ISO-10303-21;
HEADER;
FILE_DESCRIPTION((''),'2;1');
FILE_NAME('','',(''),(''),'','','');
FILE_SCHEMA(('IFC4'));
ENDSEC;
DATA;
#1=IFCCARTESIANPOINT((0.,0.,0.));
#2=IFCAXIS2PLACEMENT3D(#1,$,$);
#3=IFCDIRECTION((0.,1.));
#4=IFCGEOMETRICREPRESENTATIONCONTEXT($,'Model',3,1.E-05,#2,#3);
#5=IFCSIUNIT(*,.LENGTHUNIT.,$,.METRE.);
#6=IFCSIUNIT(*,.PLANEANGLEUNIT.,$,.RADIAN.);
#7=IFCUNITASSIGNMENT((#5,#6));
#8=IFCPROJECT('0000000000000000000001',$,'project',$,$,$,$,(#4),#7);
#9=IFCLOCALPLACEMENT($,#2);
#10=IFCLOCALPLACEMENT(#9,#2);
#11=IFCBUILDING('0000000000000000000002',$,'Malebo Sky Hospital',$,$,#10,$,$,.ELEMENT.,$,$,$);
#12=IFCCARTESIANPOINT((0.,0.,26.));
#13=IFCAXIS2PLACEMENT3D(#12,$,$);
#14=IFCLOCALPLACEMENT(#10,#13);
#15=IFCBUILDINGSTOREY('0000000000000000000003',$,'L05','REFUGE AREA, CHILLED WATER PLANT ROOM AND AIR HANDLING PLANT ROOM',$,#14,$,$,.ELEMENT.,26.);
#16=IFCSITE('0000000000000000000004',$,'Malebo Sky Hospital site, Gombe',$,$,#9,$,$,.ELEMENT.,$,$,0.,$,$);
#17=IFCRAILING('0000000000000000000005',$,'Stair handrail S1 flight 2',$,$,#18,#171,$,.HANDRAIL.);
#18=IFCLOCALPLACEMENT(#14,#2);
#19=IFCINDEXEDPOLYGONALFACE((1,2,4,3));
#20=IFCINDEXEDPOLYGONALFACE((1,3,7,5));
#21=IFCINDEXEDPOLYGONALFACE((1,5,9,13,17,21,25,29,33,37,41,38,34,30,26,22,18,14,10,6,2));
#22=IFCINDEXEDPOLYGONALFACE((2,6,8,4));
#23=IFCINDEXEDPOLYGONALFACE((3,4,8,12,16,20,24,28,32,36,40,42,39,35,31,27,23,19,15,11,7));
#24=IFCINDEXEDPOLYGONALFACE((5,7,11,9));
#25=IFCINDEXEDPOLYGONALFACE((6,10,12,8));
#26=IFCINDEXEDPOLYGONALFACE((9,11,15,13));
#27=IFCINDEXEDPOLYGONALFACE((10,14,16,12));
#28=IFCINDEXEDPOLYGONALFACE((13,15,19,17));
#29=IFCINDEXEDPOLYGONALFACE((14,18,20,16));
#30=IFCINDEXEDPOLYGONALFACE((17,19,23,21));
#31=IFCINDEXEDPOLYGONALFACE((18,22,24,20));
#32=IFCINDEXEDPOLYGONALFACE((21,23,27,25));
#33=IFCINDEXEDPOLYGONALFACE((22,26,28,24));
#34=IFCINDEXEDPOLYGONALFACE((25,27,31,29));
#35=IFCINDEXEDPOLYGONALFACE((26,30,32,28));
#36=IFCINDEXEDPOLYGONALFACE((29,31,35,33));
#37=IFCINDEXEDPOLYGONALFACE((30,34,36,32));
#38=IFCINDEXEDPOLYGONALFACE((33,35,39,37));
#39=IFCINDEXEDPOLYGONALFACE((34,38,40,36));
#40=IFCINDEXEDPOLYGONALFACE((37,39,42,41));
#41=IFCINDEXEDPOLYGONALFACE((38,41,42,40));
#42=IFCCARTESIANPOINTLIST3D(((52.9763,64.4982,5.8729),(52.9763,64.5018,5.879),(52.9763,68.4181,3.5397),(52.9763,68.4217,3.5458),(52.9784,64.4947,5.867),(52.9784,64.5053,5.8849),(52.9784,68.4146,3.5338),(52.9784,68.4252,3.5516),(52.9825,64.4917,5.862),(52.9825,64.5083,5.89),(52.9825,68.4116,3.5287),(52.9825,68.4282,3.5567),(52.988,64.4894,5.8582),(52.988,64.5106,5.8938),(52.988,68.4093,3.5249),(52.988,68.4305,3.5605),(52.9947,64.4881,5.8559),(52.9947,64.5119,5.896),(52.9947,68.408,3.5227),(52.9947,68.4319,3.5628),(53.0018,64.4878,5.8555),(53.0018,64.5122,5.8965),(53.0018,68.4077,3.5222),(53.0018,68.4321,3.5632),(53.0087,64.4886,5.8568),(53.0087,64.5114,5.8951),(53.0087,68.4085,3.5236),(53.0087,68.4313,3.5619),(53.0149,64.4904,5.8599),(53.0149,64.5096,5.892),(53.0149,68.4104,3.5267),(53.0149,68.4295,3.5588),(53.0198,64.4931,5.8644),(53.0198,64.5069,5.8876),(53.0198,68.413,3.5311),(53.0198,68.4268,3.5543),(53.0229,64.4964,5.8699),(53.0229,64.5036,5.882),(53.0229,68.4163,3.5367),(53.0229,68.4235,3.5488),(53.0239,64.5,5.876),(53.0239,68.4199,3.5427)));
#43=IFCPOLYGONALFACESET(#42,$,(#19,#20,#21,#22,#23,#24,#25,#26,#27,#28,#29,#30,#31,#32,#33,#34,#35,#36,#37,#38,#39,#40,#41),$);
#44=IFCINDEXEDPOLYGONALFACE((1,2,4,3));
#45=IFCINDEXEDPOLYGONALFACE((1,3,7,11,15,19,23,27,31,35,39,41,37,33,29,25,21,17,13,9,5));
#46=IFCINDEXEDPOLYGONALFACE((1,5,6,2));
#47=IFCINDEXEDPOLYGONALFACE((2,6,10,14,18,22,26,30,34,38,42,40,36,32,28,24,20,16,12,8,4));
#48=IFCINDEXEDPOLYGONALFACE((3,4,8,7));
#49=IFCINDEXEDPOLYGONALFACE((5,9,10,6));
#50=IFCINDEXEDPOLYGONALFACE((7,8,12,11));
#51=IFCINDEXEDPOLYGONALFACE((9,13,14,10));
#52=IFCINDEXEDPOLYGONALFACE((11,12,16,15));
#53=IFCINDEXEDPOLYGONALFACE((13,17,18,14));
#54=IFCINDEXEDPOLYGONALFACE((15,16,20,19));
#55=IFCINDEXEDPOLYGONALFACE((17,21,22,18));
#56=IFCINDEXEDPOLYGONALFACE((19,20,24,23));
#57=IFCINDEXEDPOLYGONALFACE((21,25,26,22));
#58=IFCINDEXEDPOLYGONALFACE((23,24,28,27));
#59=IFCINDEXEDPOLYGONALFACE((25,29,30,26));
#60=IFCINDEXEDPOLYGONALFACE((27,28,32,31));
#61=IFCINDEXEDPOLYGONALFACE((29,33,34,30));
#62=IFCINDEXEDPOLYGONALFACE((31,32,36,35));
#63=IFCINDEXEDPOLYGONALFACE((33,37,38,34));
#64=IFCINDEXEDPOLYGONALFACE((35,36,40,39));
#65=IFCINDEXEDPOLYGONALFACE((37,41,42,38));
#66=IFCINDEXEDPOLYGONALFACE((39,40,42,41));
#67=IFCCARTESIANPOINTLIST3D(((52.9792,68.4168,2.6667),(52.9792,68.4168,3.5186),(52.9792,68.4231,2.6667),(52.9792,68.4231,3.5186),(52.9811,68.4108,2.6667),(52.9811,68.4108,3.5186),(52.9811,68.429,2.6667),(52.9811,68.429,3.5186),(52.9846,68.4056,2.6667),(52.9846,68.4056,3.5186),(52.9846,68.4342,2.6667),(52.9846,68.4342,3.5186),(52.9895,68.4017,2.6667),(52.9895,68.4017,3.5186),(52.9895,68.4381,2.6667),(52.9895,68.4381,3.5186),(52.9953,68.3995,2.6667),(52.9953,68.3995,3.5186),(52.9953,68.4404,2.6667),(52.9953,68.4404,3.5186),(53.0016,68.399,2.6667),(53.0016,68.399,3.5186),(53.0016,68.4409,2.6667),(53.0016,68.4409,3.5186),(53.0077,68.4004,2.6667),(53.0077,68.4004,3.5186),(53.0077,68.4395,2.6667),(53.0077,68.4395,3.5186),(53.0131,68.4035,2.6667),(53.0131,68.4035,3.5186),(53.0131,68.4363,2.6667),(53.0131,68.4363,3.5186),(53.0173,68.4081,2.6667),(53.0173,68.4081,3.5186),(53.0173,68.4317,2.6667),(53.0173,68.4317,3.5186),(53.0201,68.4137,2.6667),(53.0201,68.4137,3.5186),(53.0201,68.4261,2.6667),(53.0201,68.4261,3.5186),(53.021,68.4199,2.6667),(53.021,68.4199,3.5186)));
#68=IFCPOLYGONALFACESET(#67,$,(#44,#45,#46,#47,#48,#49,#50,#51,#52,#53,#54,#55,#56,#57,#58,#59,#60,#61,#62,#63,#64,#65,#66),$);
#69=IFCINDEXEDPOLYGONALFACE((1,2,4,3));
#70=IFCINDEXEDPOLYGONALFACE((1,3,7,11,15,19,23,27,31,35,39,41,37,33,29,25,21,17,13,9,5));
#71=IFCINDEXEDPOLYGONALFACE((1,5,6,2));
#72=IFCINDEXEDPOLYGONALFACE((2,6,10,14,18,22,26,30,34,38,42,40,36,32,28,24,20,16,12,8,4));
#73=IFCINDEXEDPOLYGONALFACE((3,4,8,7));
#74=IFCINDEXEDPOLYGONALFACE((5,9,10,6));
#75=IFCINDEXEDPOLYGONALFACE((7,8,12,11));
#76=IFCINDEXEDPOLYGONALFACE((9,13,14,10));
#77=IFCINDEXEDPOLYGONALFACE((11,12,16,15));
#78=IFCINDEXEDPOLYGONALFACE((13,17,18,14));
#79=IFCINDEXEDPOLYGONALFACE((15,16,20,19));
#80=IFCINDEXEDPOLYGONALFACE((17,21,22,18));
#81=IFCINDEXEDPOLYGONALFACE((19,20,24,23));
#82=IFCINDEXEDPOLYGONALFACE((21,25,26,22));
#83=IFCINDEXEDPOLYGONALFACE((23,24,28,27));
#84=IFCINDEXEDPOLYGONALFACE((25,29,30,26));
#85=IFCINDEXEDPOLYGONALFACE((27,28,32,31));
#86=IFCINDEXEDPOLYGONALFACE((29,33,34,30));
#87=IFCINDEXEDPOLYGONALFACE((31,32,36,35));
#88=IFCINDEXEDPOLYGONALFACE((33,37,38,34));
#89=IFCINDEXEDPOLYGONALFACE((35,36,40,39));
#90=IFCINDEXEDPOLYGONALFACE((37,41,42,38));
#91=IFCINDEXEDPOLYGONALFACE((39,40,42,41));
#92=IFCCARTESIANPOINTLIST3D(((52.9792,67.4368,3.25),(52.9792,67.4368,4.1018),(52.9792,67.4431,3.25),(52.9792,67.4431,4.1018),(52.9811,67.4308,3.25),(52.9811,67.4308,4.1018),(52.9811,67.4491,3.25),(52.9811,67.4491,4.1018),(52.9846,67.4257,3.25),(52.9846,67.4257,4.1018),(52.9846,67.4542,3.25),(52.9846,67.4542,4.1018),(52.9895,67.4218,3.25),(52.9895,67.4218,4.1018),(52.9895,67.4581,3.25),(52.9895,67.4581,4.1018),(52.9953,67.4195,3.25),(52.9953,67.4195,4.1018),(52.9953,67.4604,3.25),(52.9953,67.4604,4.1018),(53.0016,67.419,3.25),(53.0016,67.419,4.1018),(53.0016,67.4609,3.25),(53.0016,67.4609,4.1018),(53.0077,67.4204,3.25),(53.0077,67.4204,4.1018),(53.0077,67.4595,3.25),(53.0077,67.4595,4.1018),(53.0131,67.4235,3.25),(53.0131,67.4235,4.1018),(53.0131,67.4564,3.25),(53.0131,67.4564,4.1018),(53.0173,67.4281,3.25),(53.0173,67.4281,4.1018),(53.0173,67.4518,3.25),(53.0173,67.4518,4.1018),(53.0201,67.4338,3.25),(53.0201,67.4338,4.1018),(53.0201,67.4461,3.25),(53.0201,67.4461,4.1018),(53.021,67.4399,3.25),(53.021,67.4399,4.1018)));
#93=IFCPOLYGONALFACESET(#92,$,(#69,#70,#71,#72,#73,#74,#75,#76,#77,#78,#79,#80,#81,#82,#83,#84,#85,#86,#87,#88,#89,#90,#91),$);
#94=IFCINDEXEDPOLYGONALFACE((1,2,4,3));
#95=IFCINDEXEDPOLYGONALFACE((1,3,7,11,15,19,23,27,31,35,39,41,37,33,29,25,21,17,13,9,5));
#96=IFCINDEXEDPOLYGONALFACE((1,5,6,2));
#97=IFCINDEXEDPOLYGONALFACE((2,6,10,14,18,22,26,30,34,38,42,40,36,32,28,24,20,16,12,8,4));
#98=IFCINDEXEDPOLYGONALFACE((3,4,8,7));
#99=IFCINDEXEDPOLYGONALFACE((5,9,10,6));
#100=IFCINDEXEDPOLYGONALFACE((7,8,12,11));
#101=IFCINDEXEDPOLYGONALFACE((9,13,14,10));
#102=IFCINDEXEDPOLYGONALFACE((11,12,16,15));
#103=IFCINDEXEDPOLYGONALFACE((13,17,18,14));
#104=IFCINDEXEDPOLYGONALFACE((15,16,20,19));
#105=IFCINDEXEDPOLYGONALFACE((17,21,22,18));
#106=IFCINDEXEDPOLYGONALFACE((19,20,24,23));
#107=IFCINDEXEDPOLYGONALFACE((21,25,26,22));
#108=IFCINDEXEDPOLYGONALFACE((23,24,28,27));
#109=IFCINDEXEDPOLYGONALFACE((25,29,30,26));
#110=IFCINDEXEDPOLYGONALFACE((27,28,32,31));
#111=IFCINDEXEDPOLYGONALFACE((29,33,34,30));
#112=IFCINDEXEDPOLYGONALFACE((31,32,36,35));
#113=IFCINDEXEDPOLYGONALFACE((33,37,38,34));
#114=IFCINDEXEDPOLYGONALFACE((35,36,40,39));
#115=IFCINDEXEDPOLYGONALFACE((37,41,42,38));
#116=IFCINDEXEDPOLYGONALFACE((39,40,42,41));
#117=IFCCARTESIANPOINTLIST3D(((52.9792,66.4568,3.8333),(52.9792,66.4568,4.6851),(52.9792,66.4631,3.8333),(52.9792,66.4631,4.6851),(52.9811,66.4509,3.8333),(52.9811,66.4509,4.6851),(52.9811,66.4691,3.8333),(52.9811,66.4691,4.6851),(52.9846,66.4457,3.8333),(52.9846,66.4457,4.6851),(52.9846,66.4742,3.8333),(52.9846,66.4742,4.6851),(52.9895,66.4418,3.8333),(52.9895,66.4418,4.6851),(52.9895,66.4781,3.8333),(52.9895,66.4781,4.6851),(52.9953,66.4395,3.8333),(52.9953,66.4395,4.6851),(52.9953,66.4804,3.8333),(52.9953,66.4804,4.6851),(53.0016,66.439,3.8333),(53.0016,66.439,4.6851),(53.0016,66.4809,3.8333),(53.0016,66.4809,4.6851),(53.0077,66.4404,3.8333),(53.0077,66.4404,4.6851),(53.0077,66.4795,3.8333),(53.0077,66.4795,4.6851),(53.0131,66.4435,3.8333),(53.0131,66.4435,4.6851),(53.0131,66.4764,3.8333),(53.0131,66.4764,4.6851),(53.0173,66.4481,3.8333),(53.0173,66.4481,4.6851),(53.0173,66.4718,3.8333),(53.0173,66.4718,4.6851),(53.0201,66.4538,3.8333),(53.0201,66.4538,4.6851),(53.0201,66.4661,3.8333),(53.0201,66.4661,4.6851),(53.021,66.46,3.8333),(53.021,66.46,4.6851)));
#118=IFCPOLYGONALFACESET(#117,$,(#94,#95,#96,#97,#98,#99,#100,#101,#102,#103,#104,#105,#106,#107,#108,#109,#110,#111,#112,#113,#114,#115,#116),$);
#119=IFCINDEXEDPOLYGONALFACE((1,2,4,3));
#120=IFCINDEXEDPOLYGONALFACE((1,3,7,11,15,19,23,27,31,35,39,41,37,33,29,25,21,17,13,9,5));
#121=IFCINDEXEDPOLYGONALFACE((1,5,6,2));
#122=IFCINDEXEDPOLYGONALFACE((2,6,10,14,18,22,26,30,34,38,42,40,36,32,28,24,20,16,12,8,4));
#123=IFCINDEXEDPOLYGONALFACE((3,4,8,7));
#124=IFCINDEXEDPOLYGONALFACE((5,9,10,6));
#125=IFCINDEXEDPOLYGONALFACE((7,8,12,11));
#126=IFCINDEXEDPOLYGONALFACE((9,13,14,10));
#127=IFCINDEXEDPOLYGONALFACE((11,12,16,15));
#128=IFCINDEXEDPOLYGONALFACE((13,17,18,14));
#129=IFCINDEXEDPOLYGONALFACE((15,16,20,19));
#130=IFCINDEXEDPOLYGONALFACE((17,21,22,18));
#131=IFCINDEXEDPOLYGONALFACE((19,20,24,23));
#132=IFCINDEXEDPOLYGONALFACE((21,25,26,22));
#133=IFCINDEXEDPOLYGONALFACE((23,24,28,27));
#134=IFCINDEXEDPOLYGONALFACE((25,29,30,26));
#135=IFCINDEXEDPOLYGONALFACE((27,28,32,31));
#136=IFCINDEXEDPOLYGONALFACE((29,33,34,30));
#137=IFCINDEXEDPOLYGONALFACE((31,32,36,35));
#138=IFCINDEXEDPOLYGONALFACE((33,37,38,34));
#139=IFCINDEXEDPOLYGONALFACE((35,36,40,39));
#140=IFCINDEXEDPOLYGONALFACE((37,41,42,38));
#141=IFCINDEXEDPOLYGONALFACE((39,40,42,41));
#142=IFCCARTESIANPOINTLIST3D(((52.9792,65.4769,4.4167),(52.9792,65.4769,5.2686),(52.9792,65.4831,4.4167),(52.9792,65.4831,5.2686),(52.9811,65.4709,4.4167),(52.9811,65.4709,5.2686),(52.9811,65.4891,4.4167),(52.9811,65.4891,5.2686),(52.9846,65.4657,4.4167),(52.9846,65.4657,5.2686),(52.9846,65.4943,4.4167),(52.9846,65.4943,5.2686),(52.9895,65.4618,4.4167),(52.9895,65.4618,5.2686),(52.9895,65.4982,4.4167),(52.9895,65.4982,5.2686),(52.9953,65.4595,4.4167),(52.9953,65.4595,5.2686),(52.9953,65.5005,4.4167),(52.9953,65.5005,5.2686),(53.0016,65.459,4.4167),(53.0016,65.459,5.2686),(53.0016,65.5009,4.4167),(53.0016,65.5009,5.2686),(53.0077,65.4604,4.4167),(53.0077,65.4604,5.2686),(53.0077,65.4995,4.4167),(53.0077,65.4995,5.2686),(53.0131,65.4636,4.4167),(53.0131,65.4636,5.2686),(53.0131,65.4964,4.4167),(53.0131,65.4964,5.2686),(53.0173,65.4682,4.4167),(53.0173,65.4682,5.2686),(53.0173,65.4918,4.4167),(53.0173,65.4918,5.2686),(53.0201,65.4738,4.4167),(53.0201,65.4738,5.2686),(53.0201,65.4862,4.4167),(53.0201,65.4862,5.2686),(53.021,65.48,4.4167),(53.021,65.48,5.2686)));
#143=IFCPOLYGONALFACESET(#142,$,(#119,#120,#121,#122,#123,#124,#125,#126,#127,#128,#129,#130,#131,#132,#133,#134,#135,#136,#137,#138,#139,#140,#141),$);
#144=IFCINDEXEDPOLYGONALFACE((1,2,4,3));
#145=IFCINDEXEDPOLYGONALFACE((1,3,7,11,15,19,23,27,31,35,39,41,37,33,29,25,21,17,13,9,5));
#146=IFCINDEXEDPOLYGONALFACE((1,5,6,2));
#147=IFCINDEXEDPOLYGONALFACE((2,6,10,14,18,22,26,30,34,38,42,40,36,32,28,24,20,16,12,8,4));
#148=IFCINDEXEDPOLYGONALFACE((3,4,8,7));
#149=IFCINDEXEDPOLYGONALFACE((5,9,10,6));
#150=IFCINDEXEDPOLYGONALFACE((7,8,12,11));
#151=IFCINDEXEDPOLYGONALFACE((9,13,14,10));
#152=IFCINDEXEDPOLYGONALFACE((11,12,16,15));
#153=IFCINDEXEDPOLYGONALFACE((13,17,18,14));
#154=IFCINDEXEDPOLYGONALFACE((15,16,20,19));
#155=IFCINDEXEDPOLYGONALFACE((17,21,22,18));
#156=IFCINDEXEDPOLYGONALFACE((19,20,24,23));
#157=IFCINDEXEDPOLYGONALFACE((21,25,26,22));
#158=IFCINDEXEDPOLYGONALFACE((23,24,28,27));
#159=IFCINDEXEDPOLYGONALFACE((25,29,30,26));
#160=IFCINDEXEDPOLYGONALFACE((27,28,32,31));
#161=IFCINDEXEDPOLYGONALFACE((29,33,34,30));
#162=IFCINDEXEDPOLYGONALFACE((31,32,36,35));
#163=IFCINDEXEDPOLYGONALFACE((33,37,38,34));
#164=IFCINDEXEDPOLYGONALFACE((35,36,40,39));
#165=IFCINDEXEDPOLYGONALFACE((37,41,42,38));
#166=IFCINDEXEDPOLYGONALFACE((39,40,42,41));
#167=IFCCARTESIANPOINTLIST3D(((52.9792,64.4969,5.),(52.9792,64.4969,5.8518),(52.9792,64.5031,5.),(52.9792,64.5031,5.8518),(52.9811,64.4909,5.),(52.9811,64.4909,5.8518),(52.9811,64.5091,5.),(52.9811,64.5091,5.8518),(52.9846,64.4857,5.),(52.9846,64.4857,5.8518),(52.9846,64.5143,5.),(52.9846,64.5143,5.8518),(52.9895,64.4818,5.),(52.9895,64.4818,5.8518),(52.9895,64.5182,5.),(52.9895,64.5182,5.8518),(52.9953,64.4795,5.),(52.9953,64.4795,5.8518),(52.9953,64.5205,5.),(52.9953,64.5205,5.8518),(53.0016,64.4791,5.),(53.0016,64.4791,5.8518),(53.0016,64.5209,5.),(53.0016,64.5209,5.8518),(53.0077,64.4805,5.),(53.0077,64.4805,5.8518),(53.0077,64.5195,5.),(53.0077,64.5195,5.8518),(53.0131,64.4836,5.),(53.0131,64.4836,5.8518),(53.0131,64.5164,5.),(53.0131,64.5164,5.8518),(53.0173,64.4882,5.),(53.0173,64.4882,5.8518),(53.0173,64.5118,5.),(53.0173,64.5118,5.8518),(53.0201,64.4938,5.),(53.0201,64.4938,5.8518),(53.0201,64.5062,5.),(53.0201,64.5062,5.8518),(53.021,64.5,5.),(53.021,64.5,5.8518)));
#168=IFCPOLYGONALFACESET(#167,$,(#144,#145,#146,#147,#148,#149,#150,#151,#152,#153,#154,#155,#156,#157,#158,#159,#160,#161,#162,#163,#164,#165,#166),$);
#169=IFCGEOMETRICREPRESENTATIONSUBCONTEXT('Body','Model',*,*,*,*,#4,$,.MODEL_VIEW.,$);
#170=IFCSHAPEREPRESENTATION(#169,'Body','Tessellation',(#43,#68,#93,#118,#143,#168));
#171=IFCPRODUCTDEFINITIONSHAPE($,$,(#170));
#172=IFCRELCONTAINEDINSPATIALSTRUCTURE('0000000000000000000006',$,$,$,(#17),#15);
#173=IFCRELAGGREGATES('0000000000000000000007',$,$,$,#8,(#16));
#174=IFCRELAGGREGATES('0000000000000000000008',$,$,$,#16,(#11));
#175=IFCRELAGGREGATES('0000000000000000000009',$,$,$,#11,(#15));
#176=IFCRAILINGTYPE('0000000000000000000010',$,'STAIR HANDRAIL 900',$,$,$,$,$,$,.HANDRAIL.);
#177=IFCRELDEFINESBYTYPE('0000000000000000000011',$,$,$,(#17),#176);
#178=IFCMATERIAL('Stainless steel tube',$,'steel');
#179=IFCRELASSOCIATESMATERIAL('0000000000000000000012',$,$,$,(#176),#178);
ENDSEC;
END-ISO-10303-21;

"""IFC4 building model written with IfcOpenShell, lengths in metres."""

from ifc_helpers import new_model, si_unit, direction, frame, origin, origin_2d, place, context, subcontext, project, spatial, circle, extrude, material, type_object, element, save


model = new_model("IFC4")

# Units and contexts
model_context = context("Model", 3, precision=1e-05, world=origin(), true_north=direction((0.0, 1.0)))
body_context = subcontext(model_context, "Body", "Model", "MODEL_VIEW")
ifc_project = project(units=[si_unit("LENGTHUNIT", "METRE"), si_unit("PLANEANGLEUNIT", "RADIAN")], contexts=[model_context])

# Site, building, storey
site_placement = place(None, origin())
site = spatial("IfcSite", under=ifc_project, at=site_placement, Name="Malebo Sky Hospital site, Gombe", CompositionType="ELEMENT", RefElevation=0.0)
building_placement = place(site_placement, origin())
building = spatial("IfcBuilding", under=site, at=building_placement, Name="Malebo Sky Hospital", CompositionType="ELEMENT")
storey_placement = place(building_placement, frame((0.0, 0.0, 26.0)))
storey = spatial("IfcBuildingStorey", under=building, at=storey_placement, Name="L05", Description="REFUGE AREA, CHILLED WATER PLANT ROOM AND AIR HANDLING PLANT ROOM", CompositionType="ELEMENT", Elevation=26.0)

# Railing
ifc_material_1 = material(Name="Stainless steel tube", Category="steel")
railing_type = type_object("IfcRailingType", Name="STAIR HANDRAIL 900", PredefinedType="HANDRAIL", material=ifc_material_1)
railing_1_placement = place(storey_placement, frame((53.0, 68.4199, 2.6667)))
element("IfcRailing", 1, at=railing_1_placement, inside=storey, type_object=railing_type, Name="Stair handrail S1 flight 2", PredefinedType="HANDRAIL", context=body_context, shape_type="SweptSolid", body=[
    extrude(circle(Radius=0.0239, at=origin_2d()), frame((0.0, 0.0, 0.876), z_axis=(0.0, -0.859296, 0.511478), x_axis=(1.0, 0.0, 0.0)), (0.0, 0.0, 1.0), 4.5618),
    extrude(circle(Radius=0.021, at=origin_2d()), origin(), (0.0, 0.0, 1.0), 0.8518),
    extrude(circle(Radius=0.021, at=origin_2d()), frame((0.0, -0.98, 0.5833)), (0.0, 0.0, 1.0), 0.8518),
    extrude(circle(Radius=0.021, at=origin_2d()), frame((0.0, -1.96, 1.1665)), (0.0, 0.0, 1.0), 0.8518),
    extrude(circle(Radius=0.021, at=origin_2d()), frame((0.0, -2.9399, 1.75)), (0.0, 0.0, 1.0), 0.8518),
    extrude(circle(Radius=0.021, at=origin_2d()), frame((0.0, -3.9199, 2.3333)), (0.0, 0.0, 1.0), 0.8518),
])

save(model, "model.ifc")
